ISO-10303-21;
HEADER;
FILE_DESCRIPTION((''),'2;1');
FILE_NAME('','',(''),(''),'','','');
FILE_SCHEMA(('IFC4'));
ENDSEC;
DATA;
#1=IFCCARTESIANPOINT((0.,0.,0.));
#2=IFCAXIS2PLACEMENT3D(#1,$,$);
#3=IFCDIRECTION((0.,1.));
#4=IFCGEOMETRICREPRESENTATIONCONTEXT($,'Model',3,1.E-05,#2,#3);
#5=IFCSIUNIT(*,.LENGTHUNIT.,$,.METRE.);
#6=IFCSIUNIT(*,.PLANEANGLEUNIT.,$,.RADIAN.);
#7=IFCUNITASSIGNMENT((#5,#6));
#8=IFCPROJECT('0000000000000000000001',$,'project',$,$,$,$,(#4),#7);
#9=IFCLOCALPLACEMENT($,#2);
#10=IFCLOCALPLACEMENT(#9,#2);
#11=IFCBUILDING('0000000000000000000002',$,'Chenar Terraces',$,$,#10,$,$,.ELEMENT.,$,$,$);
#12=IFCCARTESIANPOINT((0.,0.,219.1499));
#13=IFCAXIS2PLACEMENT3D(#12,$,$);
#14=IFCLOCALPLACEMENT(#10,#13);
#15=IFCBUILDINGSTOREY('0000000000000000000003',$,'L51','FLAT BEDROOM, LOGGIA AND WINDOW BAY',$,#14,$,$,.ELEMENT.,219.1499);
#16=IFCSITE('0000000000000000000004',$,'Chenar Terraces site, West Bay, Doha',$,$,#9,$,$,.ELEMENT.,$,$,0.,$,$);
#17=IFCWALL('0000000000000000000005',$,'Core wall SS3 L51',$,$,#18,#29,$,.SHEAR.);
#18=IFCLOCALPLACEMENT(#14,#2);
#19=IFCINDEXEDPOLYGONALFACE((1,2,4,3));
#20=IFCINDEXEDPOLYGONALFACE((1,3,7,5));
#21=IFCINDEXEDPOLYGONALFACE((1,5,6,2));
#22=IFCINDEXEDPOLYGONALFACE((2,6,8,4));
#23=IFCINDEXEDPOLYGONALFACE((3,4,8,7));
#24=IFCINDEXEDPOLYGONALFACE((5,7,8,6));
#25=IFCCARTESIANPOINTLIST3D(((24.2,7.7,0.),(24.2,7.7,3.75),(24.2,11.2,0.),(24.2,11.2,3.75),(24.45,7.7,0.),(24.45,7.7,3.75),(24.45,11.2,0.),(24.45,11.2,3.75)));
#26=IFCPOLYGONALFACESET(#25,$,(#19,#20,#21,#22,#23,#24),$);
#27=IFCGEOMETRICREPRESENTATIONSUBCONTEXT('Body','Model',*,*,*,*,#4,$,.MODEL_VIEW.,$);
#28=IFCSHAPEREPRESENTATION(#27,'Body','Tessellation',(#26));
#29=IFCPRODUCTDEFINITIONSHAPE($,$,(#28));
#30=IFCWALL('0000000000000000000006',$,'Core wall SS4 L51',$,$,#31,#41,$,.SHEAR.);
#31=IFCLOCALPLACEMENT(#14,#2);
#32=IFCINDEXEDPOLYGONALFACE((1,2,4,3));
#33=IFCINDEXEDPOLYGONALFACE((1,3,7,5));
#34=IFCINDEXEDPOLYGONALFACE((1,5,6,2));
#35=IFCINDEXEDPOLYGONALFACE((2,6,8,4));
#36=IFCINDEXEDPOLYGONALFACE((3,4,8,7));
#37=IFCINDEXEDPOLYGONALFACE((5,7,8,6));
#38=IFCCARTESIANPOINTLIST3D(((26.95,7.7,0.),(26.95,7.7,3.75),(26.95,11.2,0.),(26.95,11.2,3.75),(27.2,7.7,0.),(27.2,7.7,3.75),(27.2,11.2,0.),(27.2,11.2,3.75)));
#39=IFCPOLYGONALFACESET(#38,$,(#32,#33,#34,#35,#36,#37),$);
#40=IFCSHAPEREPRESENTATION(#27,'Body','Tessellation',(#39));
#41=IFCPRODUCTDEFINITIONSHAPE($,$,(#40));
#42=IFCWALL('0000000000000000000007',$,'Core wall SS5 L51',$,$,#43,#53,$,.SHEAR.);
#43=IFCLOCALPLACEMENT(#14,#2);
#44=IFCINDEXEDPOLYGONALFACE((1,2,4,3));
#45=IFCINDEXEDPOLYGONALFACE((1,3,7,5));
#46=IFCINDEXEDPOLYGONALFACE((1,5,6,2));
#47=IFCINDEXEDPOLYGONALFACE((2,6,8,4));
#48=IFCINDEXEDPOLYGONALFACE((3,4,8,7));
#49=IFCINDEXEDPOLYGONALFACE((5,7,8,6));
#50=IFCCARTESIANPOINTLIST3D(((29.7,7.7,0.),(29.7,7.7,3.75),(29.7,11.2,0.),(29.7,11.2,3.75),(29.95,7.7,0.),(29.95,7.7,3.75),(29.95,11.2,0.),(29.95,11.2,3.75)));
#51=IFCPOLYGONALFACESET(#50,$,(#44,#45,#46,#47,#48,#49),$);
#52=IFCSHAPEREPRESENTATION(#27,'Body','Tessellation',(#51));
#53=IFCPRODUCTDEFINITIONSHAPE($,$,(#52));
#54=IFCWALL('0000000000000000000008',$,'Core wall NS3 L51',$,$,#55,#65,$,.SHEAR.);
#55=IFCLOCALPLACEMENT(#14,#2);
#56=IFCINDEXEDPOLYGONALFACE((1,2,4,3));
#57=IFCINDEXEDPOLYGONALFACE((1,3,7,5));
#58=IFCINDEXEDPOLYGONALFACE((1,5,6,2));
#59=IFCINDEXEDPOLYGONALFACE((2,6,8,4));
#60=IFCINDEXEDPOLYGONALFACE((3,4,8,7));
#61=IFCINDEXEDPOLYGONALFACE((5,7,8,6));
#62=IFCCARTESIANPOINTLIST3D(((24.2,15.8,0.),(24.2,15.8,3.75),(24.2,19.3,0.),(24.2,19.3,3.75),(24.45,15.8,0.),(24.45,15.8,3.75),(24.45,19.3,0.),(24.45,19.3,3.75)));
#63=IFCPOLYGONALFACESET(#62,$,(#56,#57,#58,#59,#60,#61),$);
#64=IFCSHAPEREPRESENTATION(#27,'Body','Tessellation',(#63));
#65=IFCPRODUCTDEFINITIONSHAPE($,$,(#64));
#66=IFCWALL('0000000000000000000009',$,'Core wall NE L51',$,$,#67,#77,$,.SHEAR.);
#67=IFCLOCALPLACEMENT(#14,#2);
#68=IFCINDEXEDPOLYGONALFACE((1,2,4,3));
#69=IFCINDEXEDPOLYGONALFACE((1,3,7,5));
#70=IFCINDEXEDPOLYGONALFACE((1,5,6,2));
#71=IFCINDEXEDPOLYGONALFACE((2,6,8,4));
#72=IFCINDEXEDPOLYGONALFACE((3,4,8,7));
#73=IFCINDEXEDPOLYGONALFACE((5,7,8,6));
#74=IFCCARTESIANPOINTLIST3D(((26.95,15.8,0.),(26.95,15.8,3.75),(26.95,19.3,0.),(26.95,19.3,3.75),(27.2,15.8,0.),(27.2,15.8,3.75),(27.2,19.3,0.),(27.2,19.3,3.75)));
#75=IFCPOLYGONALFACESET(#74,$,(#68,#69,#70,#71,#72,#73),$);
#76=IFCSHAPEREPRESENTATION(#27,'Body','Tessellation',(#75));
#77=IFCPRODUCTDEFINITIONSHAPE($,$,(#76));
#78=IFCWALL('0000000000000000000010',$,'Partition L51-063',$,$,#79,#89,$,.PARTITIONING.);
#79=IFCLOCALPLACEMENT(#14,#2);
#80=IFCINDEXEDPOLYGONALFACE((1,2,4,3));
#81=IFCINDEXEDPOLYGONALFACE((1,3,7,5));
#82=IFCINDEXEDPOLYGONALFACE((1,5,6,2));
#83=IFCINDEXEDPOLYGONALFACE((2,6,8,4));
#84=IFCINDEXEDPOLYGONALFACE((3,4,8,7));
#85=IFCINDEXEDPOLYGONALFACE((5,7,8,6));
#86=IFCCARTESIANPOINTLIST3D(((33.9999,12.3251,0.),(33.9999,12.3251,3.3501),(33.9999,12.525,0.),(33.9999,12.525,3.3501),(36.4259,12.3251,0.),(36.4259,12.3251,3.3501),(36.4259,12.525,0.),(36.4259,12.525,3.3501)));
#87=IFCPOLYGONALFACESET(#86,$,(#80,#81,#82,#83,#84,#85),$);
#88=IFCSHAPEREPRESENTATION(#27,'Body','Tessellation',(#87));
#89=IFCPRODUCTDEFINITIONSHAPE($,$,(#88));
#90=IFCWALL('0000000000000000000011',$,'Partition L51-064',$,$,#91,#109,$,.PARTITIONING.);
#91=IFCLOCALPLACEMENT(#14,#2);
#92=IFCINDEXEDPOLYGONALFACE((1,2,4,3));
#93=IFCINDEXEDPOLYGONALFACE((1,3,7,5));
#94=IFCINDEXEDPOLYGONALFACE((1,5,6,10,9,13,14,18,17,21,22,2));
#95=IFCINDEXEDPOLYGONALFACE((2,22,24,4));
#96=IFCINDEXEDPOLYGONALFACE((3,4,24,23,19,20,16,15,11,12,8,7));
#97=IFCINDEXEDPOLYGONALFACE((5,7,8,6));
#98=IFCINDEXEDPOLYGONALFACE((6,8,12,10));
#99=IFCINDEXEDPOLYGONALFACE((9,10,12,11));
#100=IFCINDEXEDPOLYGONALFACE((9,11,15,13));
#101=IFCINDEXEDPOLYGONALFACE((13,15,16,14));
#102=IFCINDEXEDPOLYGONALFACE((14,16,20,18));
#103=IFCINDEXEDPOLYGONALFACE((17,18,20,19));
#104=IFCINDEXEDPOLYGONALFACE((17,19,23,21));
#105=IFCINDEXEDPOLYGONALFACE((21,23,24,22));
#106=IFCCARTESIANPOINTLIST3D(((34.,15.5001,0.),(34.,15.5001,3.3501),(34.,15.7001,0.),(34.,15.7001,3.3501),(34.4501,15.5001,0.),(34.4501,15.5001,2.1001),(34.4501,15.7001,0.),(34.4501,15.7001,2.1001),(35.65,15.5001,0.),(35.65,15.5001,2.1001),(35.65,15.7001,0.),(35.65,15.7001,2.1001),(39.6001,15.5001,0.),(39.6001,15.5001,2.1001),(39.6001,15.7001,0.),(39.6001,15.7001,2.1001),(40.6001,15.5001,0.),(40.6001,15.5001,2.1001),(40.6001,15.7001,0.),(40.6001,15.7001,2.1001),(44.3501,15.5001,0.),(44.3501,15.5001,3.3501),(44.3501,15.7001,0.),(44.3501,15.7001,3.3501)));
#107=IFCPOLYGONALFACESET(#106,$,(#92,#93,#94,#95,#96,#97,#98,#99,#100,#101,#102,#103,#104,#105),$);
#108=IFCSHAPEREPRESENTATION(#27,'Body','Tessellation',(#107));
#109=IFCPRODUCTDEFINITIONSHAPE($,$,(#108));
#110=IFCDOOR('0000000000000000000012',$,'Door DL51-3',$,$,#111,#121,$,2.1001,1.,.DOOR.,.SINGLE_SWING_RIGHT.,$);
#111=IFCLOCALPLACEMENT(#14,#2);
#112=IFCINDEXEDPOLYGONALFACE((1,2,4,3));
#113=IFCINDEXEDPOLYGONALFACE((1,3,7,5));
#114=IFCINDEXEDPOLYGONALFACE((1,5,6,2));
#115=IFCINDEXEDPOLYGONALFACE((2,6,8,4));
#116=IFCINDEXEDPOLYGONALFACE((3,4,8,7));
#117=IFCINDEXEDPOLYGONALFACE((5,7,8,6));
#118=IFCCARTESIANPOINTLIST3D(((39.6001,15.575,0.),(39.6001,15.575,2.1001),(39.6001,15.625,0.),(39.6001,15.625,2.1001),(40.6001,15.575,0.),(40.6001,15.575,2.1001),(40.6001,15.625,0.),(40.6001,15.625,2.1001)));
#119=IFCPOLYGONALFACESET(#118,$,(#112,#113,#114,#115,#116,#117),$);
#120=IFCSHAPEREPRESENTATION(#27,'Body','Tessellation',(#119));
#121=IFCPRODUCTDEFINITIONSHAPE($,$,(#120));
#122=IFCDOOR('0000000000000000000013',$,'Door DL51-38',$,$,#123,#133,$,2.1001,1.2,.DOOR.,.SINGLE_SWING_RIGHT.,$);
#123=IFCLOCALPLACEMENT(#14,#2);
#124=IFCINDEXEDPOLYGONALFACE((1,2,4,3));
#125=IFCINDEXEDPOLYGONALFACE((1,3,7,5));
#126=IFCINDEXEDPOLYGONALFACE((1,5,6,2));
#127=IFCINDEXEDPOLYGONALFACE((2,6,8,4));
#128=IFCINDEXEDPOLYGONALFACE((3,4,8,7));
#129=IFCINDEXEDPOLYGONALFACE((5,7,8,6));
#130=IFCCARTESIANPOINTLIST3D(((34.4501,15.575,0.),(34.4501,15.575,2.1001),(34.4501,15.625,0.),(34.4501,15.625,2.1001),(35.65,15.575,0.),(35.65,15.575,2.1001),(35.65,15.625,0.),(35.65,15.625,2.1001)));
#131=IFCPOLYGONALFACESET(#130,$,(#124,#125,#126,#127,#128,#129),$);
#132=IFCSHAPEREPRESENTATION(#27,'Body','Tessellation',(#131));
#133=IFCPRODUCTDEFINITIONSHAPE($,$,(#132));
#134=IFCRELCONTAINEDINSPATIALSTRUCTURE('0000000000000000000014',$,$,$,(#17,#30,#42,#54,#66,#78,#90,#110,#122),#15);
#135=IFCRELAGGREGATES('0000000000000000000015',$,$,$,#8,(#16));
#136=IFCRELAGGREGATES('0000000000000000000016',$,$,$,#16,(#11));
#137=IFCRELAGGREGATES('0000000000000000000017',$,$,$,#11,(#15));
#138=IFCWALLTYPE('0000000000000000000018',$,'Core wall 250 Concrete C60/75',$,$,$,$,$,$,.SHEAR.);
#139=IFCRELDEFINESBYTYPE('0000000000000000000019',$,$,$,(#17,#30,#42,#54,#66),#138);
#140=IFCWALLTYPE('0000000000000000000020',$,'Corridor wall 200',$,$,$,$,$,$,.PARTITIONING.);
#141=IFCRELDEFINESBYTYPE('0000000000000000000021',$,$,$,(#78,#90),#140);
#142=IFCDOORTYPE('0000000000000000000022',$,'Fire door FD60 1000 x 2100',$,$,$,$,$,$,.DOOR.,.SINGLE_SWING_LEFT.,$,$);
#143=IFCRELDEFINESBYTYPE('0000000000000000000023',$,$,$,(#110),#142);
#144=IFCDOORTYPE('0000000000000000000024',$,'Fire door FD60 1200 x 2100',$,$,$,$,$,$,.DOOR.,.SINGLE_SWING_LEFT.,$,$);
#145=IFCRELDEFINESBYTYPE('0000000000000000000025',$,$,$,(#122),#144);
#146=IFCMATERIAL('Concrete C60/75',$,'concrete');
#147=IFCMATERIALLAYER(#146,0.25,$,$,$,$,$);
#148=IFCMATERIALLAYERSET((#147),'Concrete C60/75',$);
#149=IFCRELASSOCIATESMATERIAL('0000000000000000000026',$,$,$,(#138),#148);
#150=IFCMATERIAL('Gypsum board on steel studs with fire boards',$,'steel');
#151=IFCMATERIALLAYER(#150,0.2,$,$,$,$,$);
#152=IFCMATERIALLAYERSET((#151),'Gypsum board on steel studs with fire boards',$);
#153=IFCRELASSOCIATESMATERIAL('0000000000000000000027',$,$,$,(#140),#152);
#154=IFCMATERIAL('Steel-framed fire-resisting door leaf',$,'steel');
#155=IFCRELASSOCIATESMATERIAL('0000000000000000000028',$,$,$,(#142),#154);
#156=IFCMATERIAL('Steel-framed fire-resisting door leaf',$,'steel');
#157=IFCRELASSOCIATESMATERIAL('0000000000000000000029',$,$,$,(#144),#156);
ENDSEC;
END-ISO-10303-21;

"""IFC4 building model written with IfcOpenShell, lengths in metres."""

from ifc_helpers import new_model, si_unit, direction, frame, frame_2d, origin, place, context, subcontext, project, spatial, rectangle, extrude, material, layer, layer_set, type_object, element, fill, save


model = new_model("IFC4")

# Units and contexts
model_context = context("Model", 3, precision=1e-05, world=origin(), true_north=direction((0.0, 1.0)))
body_context = subcontext(model_context, "Body", "Model", "MODEL_VIEW")
ifc_project = project(units=[si_unit("LENGTHUNIT", "METRE"), si_unit("PLANEANGLEUNIT", "RADIAN")], contexts=[model_context])

# Site, building, storey
site_placement = place(None, origin())
site = spatial("IfcSite", under=ifc_project, at=site_placement, Name="Chenar Terraces site, West Bay, Doha", CompositionType="ELEMENT", RefElevation=0.0)
building_placement = place(site_placement, origin())
building = spatial("IfcBuilding", under=site, at=building_placement, Name="Chenar Terraces", CompositionType="ELEMENT")
storey_placement = place(building_placement, frame((0.0, 0.0, 219.1499)))
storey = spatial("IfcBuildingStorey", under=building, at=storey_placement, Name="L51", Description="FLAT BEDROOM, LOGGIA AND WINDOW BAY", CompositionType="ELEMENT", Elevation=219.1499)

# Walls
ifc_material_1 = material(Name="Concrete C60/75", Category="concrete")
ifc_layer_1 = layer(ifc_material_1, 0.25)
ifc_layer_set_1 = layer_set([ifc_layer_1], Name="Concrete C60/75")
wall_type_1 = type_object("IfcWallType", Name="Core wall 250 Concrete C60/75", PredefinedType="SHEAR", material=ifc_layer_set_1)
for number, where, z_axis, x_axis, name in (
    (1, (24.325, 7.7, 0.0), (0.0, 0.0, 1.0), (0.0, 1.0, 0.0), "Core wall SS3 L51"),
    (2, (27.075, 7.7, 0.0), (0.0, 0.0, 1.0), (0.0, 1.0, 0.0), "Core wall SS4 L51"),
    (3, (29.825, 7.7, 0.0), (0.0, 0.0, 1.0), (0.0, 1.0, 0.0), "Core wall SS5 L51"),
    (4, (24.325, 15.8, 0.0), (0.0, 0.0, 1.0), (0.0, 1.0, 0.0), "Core wall NS3 L51"),
    (5, (27.075, 15.8, 0.0), (0.0, 0.0, 1.0), (0.0, 1.0, 0.0), "Core wall NE L51"),
):
    element("IfcWall", number, at=place(storey_placement, frame(where, z_axis=z_axis, x_axis=x_axis)), inside=storey, type_object=wall_type_1, Name=name, PredefinedType="SHEAR", context=body_context, shape_type="SweptSolid", body=[
        extrude(rectangle(XDim=3.5, YDim=0.25, at=frame_2d((1.75, 0.0))), origin(), (0.0, 0.0, 1.0), 3.75),
    ])

# Wall
ifc_material_2 = material(Name="Gypsum board on steel studs with fire boards", Category="steel")
ifc_layer_2 = layer(ifc_material_2, 0.2)
ifc_layer_set_2 = layer_set([ifc_layer_2], Name="Gypsum board on steel studs with fire boards")
wall_type_2 = type_object("IfcWallType", Name="Corridor wall 200", PredefinedType="PARTITIONING", material=ifc_layer_set_2)
wall_1_placement = place(storey_placement, frame((34.0, 12.425, 0.0), z_axis=(0.0, 0.0, 1.0), x_axis=(1.0, 0.0, 0.0)))
element("IfcWall", 6, at=wall_1_placement, inside=storey, type_object=wall_type_2, Name="Partition L51-063", PredefinedType="PARTITIONING", context=body_context, shape_type="SweptSolid", body=[
    extrude(rectangle(XDim=2.426, YDim=0.2, at=frame_2d((1.2129, 0.0))), origin(), (0.0, 0.0, 1.0), 3.3501),
])

# Wall, openings, doors
wall_2_placement = place(storey_placement, frame((34.0, 15.6001, 0.0), z_axis=(0.0, 0.0, 1.0), x_axis=(1.0, 0.0, 0.0)))
wall_2 = element("IfcWall", 7, at=wall_2_placement, inside=storey, type_object=wall_type_2, Name="Partition L51-064", PredefinedType="PARTITIONING", context=body_context, shape_type="SweptSolid", body=[
    extrude(rectangle(XDim=10.3501, YDim=0.2, at=frame_2d((5.175, 0.0))), origin(), (0.0, 0.0, 1.0), 3.3501),
])
opening_1_placement = place(wall_2_placement, frame((5.6001, 0.0, 0.0)))
opening_1 = element("IfcOpeningElement", 8, at=opening_1_placement, cuts=wall_2, PredefinedType="OPENING", context=body_context, shape_type="SweptSolid", body=[
    extrude(rectangle(XDim=1.0, YDim=2.1001, at=frame_2d((0.5, 1.05))), frame((0.0, 0.1099, 0.0), z_axis=(0.0, -1.0, 0.0), x_axis=(1.0, 0.0, 0.0)), (0.0, 0.0, 1.0), 0.22),
])
opening_2_placement = place(wall_2_placement, frame((0.45, 0.0, 0.0)))
opening_2 = element("IfcOpeningElement", 9, at=opening_2_placement, cuts=wall_2, PredefinedType="OPENING", context=body_context, shape_type="SweptSolid", body=[
    extrude(rectangle(XDim=1.2, YDim=2.1001, at=frame_2d((0.6001, 1.05))), frame((0.0, 0.1099, 0.0), z_axis=(0.0, -1.0, 0.0), x_axis=(1.0, 0.0, 0.0)), (0.0, 0.0, 1.0), 0.22),
])
ifc_material_3 = material(Name="Steel-framed fire-resisting door leaf", Category="steel")
door_type_1 = type_object("IfcDoorType", Name="Fire door FD60 1000 x 2100", OperationType="SINGLE_SWING_LEFT", PredefinedType="DOOR", material=ifc_material_3)
door_1_placement = place(opening_1_placement, origin())
door_1 = element("IfcDoor", 10, at=door_1_placement, inside=storey, type_object=door_type_1, Name="Door DL51-3", OperationType="SINGLE_SWING_RIGHT", OverallHeight=2.1001, OverallWidth=1.0, PredefinedType="DOOR", context=body_context, shape_type="SweptSolid", body=[
    extrude(rectangle(XDim=1.0, YDim=2.1001, at=frame_2d((0.5, 1.05))), frame((0.0, 0.0249, 0.0), z_axis=(0.0, -1.0, 0.0), x_axis=(1.0, 0.0, 0.0)), (0.0, 0.0, 1.0), 0.05),
])
fill(opening_1, door_1)
ifc_material_4 = material(Name="Steel-framed fire-resisting door leaf", Category="steel")
door_type_2 = type_object("IfcDoorType", Name="Fire door FD60 1200 x 2100", OperationType="SINGLE_SWING_LEFT", PredefinedType="DOOR", material=ifc_material_4)
door_2_placement = place(opening_2_placement, origin())
door_2 = element("IfcDoor", 11, at=door_2_placement, inside=storey, type_object=door_type_2, Name="Door DL51-38", OperationType="SINGLE_SWING_RIGHT", OverallHeight=2.1001, OverallWidth=1.2, PredefinedType="DOOR", context=body_context, shape_type="SweptSolid", body=[
    extrude(rectangle(XDim=1.2, YDim=2.1001, at=frame_2d((0.6001, 1.05))), frame((0.0, 0.0249, 0.0), z_axis=(0.0, -1.0, 0.0), x_axis=(1.0, 0.0, 0.0)), (0.0, 0.0, 1.0), 0.05),
])
fill(opening_2, door_2)

save(model, "model.ifc")
